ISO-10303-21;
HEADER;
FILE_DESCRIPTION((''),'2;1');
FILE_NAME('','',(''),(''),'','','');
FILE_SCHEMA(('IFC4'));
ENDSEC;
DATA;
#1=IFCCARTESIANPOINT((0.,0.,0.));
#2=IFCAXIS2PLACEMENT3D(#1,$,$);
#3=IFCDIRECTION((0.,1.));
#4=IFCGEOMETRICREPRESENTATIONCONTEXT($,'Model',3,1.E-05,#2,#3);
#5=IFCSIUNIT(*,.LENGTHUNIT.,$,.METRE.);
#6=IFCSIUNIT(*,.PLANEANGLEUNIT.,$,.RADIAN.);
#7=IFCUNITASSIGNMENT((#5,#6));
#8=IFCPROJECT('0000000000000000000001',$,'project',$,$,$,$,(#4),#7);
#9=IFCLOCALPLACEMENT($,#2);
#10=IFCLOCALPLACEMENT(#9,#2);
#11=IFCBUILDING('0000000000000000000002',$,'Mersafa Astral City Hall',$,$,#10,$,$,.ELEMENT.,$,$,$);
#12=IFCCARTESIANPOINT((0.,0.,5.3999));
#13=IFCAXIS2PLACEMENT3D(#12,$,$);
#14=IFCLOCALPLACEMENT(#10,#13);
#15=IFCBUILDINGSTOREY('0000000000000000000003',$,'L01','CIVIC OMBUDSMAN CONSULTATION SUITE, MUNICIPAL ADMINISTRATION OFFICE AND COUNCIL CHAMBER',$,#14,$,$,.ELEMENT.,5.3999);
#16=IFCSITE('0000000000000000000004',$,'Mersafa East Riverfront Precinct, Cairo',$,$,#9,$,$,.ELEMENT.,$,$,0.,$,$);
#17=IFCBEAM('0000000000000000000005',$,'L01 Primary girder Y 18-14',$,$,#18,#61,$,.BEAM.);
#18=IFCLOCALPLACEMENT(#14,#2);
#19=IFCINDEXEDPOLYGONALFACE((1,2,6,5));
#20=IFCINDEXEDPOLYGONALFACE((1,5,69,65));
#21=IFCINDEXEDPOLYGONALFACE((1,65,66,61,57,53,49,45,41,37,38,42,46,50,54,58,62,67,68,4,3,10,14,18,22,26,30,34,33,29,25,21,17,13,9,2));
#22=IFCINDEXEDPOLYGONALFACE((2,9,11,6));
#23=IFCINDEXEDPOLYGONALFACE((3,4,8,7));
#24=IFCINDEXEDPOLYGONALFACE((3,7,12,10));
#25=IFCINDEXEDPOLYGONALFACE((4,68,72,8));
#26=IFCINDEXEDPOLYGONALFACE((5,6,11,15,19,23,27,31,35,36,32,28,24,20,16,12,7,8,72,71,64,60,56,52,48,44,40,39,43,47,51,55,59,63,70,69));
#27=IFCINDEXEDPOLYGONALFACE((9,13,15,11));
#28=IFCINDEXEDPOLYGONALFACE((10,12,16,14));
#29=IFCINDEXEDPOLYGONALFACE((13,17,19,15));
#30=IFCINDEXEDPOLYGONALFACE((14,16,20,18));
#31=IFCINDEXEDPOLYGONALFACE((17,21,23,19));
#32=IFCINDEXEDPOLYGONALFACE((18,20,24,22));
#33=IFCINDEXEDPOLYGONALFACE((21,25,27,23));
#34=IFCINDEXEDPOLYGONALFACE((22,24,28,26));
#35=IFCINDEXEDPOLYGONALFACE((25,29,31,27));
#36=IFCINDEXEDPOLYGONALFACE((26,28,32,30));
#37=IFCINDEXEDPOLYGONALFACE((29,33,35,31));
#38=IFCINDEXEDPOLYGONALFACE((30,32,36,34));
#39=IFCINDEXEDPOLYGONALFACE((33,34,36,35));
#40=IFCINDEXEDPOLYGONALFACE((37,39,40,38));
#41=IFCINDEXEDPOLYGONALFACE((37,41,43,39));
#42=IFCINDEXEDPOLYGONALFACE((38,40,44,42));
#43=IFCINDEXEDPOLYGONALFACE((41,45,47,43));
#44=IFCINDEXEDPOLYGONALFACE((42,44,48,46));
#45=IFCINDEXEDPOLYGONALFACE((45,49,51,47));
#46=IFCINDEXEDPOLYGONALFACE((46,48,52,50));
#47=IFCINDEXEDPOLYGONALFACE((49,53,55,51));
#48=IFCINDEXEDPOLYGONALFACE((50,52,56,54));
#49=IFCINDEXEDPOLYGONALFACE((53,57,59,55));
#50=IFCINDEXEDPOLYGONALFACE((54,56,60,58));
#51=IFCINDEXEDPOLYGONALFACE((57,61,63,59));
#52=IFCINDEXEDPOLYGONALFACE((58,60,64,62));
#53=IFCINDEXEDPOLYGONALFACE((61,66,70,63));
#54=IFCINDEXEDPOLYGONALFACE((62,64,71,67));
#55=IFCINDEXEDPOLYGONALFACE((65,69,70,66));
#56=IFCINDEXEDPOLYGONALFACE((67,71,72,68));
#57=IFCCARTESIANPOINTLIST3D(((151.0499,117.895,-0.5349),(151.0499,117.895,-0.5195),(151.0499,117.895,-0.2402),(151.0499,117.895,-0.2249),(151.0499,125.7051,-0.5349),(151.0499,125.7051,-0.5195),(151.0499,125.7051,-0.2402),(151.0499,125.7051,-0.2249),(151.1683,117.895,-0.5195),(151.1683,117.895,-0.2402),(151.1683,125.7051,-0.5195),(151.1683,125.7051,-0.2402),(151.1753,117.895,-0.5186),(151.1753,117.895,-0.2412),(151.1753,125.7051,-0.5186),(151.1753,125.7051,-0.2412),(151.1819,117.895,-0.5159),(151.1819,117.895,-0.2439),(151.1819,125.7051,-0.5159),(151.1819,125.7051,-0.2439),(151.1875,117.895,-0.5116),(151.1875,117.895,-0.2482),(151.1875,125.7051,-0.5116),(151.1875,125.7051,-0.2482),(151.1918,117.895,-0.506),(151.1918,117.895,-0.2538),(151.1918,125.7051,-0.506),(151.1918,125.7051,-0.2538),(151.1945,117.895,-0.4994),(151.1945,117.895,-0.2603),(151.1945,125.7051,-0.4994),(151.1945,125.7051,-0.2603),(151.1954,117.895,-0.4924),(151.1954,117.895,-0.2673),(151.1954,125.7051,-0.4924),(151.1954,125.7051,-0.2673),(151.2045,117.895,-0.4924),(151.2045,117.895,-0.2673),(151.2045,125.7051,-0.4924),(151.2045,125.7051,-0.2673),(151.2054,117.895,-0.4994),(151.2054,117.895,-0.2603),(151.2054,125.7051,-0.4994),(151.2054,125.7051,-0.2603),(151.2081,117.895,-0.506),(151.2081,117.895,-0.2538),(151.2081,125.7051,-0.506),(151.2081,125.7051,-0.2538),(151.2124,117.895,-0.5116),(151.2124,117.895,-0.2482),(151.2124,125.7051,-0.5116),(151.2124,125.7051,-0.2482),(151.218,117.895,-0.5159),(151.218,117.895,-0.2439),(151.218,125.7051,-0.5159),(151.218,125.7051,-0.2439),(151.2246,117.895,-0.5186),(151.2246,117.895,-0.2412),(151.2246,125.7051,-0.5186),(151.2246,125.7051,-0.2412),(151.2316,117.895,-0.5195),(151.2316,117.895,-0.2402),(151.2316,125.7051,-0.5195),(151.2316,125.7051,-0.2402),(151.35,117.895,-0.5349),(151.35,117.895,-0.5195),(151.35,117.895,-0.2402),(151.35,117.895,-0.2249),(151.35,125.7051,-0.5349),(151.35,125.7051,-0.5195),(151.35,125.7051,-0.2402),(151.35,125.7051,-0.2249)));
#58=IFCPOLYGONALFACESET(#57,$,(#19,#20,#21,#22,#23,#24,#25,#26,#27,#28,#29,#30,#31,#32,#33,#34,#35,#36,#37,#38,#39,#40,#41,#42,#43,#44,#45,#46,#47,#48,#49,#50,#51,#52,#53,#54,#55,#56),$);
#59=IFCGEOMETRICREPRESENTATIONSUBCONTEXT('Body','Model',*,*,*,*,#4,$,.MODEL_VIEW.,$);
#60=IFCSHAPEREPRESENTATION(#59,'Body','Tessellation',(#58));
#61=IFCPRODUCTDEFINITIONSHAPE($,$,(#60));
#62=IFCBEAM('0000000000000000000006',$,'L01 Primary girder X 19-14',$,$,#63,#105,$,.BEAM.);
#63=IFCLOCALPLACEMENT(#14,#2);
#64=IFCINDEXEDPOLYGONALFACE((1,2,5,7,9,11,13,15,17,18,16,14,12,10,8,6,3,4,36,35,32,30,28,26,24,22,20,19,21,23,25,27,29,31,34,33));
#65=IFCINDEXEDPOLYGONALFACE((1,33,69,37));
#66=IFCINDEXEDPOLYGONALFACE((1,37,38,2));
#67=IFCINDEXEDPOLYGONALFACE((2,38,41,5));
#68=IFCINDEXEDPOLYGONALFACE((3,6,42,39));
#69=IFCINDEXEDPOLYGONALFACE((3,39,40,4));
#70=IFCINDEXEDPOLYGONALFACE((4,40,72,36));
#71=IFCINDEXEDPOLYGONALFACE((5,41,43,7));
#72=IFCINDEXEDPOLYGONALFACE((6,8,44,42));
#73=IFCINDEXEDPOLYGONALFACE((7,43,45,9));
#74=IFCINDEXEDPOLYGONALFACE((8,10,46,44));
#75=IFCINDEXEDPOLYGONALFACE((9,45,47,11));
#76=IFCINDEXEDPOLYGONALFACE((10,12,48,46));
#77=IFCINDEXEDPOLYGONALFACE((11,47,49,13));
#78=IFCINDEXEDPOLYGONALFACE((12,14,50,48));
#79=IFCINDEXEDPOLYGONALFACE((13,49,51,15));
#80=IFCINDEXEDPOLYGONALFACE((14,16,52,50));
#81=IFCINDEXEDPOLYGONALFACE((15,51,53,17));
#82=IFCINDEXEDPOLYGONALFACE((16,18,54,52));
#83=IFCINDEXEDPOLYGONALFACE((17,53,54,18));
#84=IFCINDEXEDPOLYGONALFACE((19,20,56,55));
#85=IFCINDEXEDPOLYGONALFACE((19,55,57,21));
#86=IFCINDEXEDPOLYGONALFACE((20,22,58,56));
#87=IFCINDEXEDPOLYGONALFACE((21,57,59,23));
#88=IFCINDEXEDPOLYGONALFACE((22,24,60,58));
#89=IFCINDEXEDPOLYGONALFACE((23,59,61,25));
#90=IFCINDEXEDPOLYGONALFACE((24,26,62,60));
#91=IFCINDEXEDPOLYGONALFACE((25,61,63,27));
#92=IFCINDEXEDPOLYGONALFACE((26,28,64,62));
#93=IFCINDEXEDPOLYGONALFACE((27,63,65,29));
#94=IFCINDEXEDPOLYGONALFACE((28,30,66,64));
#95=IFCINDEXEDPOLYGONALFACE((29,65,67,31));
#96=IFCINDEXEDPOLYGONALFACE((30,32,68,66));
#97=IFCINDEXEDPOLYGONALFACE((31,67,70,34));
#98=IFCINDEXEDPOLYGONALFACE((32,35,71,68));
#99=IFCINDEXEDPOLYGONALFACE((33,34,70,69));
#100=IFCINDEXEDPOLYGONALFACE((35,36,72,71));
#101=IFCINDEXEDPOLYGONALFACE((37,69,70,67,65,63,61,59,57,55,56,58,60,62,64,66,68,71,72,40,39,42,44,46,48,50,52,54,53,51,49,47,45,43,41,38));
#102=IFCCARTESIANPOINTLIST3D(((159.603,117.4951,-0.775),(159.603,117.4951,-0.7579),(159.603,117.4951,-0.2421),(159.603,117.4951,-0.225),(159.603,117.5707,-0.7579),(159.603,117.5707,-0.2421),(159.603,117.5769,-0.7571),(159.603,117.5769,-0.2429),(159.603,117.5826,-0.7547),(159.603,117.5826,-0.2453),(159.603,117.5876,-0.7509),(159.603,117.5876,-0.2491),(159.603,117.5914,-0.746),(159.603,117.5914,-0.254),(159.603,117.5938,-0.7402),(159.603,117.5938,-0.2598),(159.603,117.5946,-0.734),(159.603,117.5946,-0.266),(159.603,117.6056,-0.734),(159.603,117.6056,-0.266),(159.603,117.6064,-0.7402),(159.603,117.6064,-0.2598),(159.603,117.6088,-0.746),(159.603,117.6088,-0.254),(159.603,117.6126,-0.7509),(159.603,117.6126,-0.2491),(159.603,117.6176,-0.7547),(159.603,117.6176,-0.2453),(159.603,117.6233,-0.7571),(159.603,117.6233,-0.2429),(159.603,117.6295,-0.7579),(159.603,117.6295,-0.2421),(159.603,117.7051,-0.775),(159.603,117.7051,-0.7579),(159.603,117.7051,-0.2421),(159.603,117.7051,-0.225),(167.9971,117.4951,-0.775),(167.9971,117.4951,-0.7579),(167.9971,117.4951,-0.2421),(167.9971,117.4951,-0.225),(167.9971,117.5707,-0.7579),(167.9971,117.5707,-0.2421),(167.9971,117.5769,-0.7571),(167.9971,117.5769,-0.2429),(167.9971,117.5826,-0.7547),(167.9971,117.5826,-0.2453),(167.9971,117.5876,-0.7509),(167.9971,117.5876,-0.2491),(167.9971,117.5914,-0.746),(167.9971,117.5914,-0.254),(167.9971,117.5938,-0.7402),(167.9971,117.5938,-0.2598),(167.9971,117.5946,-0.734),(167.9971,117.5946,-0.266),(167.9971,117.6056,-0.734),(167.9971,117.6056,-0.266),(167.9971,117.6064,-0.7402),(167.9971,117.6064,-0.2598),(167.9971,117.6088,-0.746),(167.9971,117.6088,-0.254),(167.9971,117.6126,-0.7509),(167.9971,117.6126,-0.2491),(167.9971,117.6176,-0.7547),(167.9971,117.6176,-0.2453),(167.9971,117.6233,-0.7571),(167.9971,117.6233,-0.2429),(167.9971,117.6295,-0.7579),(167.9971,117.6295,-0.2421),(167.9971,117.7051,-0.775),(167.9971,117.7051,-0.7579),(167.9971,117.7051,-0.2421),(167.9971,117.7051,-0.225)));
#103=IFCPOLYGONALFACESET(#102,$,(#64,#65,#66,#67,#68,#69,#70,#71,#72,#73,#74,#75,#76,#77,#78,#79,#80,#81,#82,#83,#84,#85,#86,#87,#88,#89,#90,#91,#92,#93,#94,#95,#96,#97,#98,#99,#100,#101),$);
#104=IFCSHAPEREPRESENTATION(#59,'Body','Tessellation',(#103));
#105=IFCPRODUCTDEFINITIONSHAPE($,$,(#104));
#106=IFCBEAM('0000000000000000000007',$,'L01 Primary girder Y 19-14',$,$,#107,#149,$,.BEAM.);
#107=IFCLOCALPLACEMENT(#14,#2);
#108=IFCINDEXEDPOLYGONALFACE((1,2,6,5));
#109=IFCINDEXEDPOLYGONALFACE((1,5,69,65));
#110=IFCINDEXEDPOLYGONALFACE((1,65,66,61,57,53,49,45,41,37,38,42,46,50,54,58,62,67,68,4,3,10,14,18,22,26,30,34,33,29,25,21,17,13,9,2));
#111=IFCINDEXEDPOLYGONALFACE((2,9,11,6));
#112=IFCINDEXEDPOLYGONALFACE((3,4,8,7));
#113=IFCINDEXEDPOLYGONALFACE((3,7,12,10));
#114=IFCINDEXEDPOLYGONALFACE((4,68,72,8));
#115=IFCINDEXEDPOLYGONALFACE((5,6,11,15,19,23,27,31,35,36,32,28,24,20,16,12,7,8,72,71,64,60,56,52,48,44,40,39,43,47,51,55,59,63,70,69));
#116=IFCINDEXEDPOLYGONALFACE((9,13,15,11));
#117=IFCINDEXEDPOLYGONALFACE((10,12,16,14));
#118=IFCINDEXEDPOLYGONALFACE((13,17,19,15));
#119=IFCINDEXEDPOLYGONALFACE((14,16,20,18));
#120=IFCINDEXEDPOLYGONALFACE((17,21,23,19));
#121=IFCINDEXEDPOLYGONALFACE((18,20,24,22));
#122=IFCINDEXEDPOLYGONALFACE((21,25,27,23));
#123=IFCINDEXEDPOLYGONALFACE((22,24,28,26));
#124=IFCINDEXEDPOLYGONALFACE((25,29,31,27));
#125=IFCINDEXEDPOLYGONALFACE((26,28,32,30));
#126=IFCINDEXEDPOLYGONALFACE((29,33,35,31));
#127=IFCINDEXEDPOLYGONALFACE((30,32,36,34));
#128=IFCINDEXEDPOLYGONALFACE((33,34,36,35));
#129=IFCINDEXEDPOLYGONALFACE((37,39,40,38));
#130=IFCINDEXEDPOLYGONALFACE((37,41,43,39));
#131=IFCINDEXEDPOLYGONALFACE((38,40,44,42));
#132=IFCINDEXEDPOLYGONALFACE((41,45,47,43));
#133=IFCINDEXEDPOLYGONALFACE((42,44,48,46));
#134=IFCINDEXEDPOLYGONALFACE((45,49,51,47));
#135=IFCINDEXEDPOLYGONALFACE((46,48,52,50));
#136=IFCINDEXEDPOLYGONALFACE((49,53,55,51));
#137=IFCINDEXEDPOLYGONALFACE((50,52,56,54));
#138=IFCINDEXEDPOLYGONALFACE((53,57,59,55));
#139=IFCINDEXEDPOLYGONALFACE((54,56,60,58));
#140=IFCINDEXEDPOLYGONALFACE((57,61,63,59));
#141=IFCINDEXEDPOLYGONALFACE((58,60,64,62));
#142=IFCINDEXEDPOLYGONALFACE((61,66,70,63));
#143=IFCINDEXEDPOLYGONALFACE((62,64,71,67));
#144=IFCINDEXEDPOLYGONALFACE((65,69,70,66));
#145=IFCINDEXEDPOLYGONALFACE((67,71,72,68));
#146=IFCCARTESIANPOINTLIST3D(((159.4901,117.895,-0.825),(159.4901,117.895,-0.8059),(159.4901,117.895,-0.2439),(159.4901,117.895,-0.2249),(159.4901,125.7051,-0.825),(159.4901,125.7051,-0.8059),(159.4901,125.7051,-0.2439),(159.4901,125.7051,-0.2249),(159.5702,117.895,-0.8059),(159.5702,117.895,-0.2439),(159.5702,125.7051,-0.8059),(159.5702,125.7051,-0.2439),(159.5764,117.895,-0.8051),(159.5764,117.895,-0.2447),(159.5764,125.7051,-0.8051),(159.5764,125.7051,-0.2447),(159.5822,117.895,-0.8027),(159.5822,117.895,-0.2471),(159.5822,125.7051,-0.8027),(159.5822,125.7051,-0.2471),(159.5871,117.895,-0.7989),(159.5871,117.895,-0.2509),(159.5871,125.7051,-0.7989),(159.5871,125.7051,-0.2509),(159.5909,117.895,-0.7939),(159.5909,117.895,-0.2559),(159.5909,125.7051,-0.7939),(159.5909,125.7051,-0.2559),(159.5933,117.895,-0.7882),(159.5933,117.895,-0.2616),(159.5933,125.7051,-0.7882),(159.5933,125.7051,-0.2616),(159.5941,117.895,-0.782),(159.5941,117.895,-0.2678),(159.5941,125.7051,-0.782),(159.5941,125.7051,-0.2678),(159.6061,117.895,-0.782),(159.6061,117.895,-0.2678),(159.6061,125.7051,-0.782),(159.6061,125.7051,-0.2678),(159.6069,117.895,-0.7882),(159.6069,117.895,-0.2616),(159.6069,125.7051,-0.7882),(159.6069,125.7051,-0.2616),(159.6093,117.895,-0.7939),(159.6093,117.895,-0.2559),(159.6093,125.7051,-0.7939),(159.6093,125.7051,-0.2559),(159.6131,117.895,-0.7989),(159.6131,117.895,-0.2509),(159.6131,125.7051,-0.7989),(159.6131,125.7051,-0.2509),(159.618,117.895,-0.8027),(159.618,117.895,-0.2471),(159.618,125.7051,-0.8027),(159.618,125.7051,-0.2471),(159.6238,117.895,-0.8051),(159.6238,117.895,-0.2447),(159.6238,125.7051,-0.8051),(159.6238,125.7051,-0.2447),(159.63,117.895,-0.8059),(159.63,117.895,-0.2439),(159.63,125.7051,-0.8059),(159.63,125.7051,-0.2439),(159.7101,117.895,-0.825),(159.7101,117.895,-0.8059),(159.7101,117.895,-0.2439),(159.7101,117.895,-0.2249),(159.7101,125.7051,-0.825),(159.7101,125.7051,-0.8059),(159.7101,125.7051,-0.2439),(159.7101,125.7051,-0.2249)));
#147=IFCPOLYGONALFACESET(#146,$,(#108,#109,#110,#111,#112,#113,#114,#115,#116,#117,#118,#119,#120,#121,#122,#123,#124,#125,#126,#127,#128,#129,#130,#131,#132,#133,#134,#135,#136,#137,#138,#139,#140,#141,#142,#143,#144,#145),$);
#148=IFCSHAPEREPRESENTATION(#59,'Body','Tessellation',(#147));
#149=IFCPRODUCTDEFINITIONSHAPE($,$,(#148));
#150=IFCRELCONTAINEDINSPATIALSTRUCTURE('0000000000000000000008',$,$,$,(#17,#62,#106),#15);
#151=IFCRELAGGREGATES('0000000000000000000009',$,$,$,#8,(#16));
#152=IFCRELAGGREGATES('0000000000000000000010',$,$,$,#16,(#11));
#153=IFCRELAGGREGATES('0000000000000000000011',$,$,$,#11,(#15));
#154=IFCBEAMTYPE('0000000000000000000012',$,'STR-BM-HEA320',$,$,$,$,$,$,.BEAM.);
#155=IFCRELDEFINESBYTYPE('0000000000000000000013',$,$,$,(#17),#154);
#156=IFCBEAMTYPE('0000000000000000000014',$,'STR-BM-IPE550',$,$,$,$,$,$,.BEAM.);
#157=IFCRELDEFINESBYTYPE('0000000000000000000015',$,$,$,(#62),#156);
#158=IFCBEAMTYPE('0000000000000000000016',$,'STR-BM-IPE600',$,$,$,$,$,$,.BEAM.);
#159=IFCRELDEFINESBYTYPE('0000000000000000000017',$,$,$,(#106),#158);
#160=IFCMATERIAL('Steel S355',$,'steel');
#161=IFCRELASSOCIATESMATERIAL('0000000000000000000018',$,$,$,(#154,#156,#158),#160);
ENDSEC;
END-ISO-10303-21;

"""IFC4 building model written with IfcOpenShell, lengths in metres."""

from ifc_helpers import new_model, si_unit, direction, frame, origin, origin_2d, place, context, subcontext, project, spatial, i_section, extrude, material, material_profile, profile_set, type_object, element, save


model = new_model("IFC4")

# Units and contexts
model_context = context("Model", 3, precision=1e-05, world=origin(), true_north=direction((0.0, 1.0)))
body_context = subcontext(model_context, "Body", "Model", "MODEL_VIEW")
ifc_project = project(units=[si_unit("LENGTHUNIT", "METRE"), si_unit("PLANEANGLEUNIT", "RADIAN")], contexts=[model_context])

# Site, building, storey
site_placement = place(None, origin())
site = spatial("IfcSite", under=ifc_project, at=site_placement, Name="Mersafa East Riverfront Precinct, Cairo", CompositionType="ELEMENT", RefElevation=0.0)
building_placement = place(site_placement, origin())
building = spatial("IfcBuilding", under=site, at=building_placement, Name="Mersafa Astral City Hall", CompositionType="ELEMENT")
storey_placement = place(building_placement, frame((0.0, 0.0, 5.3999)))
storey = spatial("IfcBuildingStorey", under=building, at=storey_placement, Name="L01", Description="CIVIC OMBUDSMAN CONSULTATION SUITE, MUNICIPAL ADMINISTRATION OFFICE AND COUNCIL CHAMBER", CompositionType="ELEMENT", Elevation=5.3999)

# Shared definitions
ifc_material_1 = material(Name="Steel S355", Category="steel")

# Beams
ifc_material_profile_1 = material_profile(ifc_material_1, i_section(OverallWidth=0.3, OverallDepth=0.3101, WebThickness=0.009, FlangeThickness=0.0154, FilletRadius=0.0271, at=origin_2d()), Name="HEA 320")
ifc_profile_set_1 = profile_set([ifc_material_profile_1], Name="Steel S355")
beam_type_1 = type_object("IfcBeamType", Name="STR-BM-HEA320", PredefinedType="BEAM", material=ifc_profile_set_1)
beam_1_placement = place(storey_placement, frame((151.2, 117.895, -0.3799), z_axis=(0.0, 1.0, 0.0), x_axis=(-1.0, 0.0, 0.0)))
element("IfcBeam", 1, at=beam_1_placement, inside=storey, type_object=beam_type_1, Name="L01 Primary girder Y 18-14", PredefinedType="BEAM", context=body_context, shape_type="SweptSolid", body=[
    extrude(i_section(OverallWidth=0.3, OverallDepth=0.3101, WebThickness=0.009, FlangeThickness=0.0154, FilletRadius=0.0271, at=origin_2d()), origin(), (0.0, 0.0, 1.0), 7.8101),
])
ifc_material_profile_2 = material_profile(ifc_material_1, i_section(OverallWidth=0.21, OverallDepth=0.55, WebThickness=0.011, FlangeThickness=0.0171, FilletRadius=0.0239, at=origin_2d()), Name="IPE 550")
ifc_profile_set_2 = profile_set([ifc_material_profile_2], Name="Steel S355")
beam_type_2 = type_object("IfcBeamType", Name="STR-BM-IPE550", PredefinedType="BEAM", material=ifc_profile_set_2)
beam_2_placement = place(storey_placement, frame((159.603, 117.6001, -0.5), z_axis=(1.0, 0.0, 0.0), x_axis=(0.0, 1.0, 0.0)))
element("IfcBeam", 2, at=beam_2_placement, inside=storey, type_object=beam_type_2, Name="L01 Primary girder X 19-14", PredefinedType="BEAM", context=body_context, shape_type="SweptSolid", body=[
    extrude(i_section(OverallWidth=0.21, OverallDepth=0.55, WebThickness=0.011, FlangeThickness=0.0171, FilletRadius=0.0239, at=origin_2d()), origin(), (0.0, 0.0, 1.0), 8.394),
])
ifc_material_profile_3 = material_profile(ifc_material_1, i_section(OverallWidth=0.22, OverallDepth=0.6001, WebThickness=0.012, FlangeThickness=0.019, FilletRadius=0.0239, at=origin_2d()), Name="IPE 600")
ifc_profile_set_3 = profile_set([ifc_material_profile_3], Name="Steel S355")
beam_type_3 = type_object("IfcBeamType", Name="STR-BM-IPE600", PredefinedType="BEAM", material=ifc_profile_set_3)
beam_3_placement = place(storey_placement, frame((159.6001, 117.895, -0.5249), z_axis=(0.0, 1.0, 0.0), x_axis=(-1.0, 0.0, 0.0)))
element("IfcBeam", 3, at=beam_3_placement, inside=storey, type_object=beam_type_3, Name="L01 Primary girder Y 19-14", PredefinedType="BEAM", context=body_context, shape_type="SweptSolid", body=[
    extrude(i_section(OverallWidth=0.22, OverallDepth=0.6001, WebThickness=0.012, FlangeThickness=0.019, FilletRadius=0.0239, at=origin_2d()), origin(), (0.0, 0.0, 1.0), 7.8101),
])

save(model, "model.ifc")
